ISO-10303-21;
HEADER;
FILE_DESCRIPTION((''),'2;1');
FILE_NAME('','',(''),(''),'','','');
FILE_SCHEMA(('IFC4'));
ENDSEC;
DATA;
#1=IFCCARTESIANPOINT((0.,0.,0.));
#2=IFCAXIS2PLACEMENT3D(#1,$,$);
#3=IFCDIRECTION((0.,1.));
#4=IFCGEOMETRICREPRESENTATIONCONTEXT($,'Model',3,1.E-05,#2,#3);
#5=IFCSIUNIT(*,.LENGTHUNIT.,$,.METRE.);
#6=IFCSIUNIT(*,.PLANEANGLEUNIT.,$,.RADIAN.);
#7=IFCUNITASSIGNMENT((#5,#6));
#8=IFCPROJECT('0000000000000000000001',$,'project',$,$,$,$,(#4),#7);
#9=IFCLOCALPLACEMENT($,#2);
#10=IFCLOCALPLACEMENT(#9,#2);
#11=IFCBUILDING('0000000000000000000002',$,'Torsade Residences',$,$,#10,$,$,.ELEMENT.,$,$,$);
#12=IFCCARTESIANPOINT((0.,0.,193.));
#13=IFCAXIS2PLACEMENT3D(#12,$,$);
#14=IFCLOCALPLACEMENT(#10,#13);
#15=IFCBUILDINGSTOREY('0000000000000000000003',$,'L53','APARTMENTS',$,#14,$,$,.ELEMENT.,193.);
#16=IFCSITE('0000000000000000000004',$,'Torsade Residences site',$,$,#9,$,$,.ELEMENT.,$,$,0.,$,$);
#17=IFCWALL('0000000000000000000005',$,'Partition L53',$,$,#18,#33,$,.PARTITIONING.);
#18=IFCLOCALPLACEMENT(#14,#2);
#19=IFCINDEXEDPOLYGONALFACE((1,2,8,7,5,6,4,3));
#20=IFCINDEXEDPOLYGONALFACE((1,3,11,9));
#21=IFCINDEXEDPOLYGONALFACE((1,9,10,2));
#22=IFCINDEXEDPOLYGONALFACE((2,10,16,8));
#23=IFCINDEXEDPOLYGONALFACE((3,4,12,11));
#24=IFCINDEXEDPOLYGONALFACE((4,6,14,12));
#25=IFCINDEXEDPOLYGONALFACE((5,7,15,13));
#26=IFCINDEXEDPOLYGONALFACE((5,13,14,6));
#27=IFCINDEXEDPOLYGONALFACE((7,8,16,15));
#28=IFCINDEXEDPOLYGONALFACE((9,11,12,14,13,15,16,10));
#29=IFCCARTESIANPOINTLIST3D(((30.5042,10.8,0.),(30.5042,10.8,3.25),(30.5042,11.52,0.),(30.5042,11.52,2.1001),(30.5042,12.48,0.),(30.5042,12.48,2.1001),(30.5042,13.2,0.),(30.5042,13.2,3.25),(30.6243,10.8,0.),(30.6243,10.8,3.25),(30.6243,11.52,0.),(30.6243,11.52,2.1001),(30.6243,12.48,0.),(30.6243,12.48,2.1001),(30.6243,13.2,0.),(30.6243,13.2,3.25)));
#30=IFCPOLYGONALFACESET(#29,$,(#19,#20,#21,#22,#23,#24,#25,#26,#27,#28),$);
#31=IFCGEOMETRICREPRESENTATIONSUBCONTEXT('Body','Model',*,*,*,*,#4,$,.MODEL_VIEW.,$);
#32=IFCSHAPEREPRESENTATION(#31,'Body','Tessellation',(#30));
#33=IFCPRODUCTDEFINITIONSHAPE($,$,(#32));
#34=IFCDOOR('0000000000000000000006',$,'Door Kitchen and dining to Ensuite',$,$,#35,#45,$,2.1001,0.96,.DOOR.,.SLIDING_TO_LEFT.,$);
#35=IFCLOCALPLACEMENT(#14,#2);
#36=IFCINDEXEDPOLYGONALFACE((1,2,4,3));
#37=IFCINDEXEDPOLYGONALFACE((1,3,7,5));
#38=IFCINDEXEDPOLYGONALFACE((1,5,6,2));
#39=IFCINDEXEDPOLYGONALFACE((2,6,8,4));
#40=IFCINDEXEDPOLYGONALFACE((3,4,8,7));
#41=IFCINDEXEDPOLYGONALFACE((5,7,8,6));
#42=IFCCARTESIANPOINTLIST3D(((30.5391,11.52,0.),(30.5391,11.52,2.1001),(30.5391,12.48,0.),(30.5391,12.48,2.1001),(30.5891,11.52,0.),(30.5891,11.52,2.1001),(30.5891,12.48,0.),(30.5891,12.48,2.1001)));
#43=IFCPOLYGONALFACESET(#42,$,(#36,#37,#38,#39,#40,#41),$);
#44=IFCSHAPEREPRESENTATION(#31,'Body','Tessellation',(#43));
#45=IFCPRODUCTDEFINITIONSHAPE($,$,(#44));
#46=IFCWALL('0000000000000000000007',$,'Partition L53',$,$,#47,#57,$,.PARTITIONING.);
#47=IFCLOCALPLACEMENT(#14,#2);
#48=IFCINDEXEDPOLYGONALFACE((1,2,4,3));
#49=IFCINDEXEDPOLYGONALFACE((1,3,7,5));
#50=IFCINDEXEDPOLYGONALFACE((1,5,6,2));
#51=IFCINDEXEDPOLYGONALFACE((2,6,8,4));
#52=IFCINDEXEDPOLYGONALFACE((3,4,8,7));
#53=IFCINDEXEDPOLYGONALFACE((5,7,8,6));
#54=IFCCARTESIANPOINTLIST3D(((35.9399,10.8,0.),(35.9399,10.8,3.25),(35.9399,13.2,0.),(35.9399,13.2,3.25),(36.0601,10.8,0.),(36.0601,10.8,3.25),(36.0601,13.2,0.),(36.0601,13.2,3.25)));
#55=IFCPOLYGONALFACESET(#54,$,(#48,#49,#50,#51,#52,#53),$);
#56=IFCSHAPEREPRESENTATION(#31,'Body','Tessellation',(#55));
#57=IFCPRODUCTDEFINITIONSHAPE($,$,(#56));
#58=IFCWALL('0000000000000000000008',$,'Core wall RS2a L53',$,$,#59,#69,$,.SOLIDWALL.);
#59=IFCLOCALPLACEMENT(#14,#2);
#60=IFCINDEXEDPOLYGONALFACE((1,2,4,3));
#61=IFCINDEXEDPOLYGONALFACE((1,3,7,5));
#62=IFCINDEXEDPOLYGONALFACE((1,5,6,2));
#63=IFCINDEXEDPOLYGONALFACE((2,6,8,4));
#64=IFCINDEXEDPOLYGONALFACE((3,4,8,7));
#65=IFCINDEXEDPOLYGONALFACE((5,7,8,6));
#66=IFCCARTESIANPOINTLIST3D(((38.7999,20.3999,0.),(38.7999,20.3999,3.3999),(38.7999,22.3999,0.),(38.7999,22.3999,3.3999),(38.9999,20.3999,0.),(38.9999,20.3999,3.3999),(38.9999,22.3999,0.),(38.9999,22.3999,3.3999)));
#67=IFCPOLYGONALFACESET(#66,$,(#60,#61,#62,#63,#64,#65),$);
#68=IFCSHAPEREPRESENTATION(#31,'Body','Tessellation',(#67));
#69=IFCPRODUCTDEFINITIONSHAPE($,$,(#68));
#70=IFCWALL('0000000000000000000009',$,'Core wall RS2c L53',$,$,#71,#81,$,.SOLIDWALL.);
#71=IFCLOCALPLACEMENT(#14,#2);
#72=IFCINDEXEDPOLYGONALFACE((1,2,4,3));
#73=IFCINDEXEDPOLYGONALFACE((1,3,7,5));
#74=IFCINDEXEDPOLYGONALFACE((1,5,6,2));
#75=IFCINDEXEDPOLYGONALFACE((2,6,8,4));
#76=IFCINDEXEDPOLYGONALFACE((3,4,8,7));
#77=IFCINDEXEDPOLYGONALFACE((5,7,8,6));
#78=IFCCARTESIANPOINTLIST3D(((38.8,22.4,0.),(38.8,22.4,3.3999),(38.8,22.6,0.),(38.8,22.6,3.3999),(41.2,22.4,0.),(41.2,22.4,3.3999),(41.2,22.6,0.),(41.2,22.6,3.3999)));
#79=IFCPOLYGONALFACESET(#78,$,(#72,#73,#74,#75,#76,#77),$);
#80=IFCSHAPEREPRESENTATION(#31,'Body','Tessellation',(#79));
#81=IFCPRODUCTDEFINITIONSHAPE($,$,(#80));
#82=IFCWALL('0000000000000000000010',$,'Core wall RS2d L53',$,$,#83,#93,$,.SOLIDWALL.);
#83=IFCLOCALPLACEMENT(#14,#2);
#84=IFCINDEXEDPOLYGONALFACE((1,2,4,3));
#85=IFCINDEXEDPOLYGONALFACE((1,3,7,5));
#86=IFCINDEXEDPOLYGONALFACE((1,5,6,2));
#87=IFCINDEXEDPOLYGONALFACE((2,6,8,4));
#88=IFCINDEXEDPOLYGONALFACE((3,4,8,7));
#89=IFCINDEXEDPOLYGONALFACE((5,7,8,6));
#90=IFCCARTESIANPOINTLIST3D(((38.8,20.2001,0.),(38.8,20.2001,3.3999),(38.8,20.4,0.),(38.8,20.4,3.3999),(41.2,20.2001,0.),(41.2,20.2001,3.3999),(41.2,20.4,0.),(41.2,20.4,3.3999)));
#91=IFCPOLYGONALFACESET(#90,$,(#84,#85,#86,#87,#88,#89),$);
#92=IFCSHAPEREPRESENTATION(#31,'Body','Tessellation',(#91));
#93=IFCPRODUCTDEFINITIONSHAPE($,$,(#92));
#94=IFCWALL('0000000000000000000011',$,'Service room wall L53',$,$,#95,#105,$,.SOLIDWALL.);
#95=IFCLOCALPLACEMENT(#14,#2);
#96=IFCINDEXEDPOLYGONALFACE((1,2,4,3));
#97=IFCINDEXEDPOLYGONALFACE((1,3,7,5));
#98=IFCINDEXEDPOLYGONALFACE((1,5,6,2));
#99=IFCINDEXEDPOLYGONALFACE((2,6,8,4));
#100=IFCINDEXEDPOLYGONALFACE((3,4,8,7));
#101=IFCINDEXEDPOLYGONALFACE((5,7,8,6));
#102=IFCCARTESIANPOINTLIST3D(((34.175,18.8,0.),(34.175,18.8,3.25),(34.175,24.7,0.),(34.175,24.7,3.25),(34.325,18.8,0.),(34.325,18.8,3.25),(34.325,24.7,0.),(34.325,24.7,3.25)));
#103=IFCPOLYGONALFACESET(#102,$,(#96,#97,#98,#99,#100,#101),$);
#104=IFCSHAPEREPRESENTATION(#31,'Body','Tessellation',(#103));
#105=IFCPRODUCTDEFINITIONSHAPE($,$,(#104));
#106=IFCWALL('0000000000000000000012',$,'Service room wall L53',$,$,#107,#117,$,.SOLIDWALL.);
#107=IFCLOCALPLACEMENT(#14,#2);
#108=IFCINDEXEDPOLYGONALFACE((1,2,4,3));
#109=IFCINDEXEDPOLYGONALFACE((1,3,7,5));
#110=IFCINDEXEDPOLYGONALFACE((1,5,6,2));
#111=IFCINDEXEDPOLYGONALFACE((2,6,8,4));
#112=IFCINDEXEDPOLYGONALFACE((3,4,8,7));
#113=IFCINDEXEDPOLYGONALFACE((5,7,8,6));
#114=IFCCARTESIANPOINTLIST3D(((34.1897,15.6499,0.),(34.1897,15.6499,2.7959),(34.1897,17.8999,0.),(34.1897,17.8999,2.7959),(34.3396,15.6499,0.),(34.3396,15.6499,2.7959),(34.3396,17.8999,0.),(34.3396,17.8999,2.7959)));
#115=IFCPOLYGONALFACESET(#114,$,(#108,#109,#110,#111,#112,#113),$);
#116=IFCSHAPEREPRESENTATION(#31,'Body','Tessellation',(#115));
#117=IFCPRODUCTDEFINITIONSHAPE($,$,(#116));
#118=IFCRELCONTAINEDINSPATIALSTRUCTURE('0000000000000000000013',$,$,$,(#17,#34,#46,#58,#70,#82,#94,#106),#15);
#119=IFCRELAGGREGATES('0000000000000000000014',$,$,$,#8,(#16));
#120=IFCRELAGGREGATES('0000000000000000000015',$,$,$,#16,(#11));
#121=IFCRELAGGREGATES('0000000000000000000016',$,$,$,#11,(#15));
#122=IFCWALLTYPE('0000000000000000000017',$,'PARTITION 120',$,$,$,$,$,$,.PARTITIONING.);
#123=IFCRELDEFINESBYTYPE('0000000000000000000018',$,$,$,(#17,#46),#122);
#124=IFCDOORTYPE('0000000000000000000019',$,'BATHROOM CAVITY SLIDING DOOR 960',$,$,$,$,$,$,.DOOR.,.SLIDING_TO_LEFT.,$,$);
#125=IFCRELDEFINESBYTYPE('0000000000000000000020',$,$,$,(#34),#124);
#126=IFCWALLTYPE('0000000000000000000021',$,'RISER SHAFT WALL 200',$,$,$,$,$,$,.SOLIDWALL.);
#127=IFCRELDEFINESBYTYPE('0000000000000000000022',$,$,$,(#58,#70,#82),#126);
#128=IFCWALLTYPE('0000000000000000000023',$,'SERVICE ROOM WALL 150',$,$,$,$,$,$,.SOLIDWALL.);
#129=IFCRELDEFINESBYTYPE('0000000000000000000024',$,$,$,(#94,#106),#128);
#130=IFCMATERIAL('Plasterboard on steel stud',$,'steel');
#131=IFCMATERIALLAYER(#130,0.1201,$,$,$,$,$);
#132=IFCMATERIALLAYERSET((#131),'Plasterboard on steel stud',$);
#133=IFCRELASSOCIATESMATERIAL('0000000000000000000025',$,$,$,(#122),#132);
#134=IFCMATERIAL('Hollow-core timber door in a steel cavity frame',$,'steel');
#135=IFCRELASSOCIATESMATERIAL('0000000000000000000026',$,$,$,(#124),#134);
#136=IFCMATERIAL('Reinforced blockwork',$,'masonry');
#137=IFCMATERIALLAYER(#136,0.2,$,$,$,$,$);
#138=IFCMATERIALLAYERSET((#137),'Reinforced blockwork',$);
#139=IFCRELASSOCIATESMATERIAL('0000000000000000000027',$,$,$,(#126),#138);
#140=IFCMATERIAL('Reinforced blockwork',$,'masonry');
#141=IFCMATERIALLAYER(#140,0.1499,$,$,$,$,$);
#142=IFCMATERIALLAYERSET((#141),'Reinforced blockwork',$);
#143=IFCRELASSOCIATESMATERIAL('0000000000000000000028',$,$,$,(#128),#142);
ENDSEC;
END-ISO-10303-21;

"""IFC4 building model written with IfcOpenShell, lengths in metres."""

from ifc_helpers import new_model, si_unit, direction, frame, frame_2d, origin, place, context, subcontext, project, spatial, rectangle, extrude, material, layer, layer_set, type_object, element, fill, save


model = new_model("IFC4")

# Units and contexts
model_context = context("Model", 3, precision=1e-05, world=origin(), true_north=direction((0.0, 1.0)))
body_context = subcontext(model_context, "Body", "Model", "MODEL_VIEW")
ifc_project = project(units=[si_unit("LENGTHUNIT", "METRE"), si_unit("PLANEANGLEUNIT", "RADIAN")], contexts=[model_context])

# Site, building, storey
site_placement = place(None, origin())
site = spatial("IfcSite", under=ifc_project, at=site_placement, Name="Torsade Residences site", CompositionType="ELEMENT", RefElevation=0.0)
building_placement = place(site_placement, origin())
building = spatial("IfcBuilding", under=site, at=building_placement, Name="Torsade Residences", CompositionType="ELEMENT")
storey_placement = place(building_placement, frame((0.0, 0.0, 193.0)))
storey = spatial("IfcBuildingStorey", under=building, at=storey_placement, Name="L53", Description="APARTMENTS", CompositionType="ELEMENT", Elevation=193.0)

# Wall, opening, door
ifc_material_1 = material(Name="Plasterboard on steel stud", Category="steel")
ifc_layer_1 = layer(ifc_material_1, 0.1201)
ifc_layer_set_1 = layer_set([ifc_layer_1], Name="Plasterboard on steel stud")
wall_type_1 = type_object("IfcWallType", Name="PARTITION 120", PredefinedType="PARTITIONING", material=ifc_layer_set_1)
ifc_material_2 = material(Name="Hollow-core timber door in a steel cavity frame", Category="steel")
door_type_1 = type_object("IfcDoorType", Name="BATHROOM CAVITY SLIDING DOOR 960", OperationType="SLIDING_TO_LEFT", PredefinedType="DOOR", material=ifc_material_2)
wall_1_placement = place(storey_placement, frame((30.5642, 13.2, 0.0), z_axis=(0.0, 0.0, 1.0), x_axis=(0.0, -1.0, 0.0)))
wall_1 = element("IfcWall", 1, at=wall_1_placement, inside=storey, type_object=wall_type_1, Name="Partition L53", PredefinedType="PARTITIONING", context=body_context, shape_type="SweptSolid", body=[
    extrude(rectangle(XDim=2.3999, YDim=0.1201, at=frame_2d((1.2, 0.0))), origin(), (0.0, 0.0, 1.0), 3.25),
])
opening_1_placement = place(wall_1_placement, frame((0.72, 0.0, 0.0)))
opening_1 = element("IfcOpeningElement", 2, at=opening_1_placement, cuts=wall_1, PredefinedType="OPENING", context=body_context, shape_type="SweptSolid", body=[
    extrude(rectangle(XDim=0.96, YDim=2.1001, at=frame_2d((0.48, 1.05))), frame((0.0, 0.0701, 0.0), z_axis=(0.0, -1.0, 0.0), x_axis=(1.0, 0.0, 0.0)), (0.0, 0.0, 1.0), 0.1401),
])
door_1_placement = place(opening_1_placement, origin())
door_1 = element("IfcDoor", 3, at=door_1_placement, inside=storey, type_object=door_type_1, Name="Door Kitchen and dining to Ensuite", OperationType="SLIDING_TO_LEFT", OverallHeight=2.1001, OverallWidth=0.96, PredefinedType="DOOR", context=body_context, shape_type="SweptSolid", body=[
    extrude(rectangle(XDim=0.96, YDim=2.1001, at=frame_2d((0.48, 1.05))), frame((0.0, 0.0249, 0.0), z_axis=(0.0, -1.0, 0.0), x_axis=(1.0, 0.0, 0.0)), (0.0, 0.0, 1.0), 0.05),
])
fill(opening_1, door_1)

# Walls
wall_2_placement = place(storey_placement, frame((36.0, 13.2, 0.0), z_axis=(0.0, 0.0, 1.0), x_axis=(0.0, -1.0, 0.0)))
element("IfcWall", 4, at=wall_2_placement, inside=storey, type_object=wall_type_1, Name="Partition L53", PredefinedType="PARTITIONING", context=body_context, shape_type="SweptSolid", body=[
    extrude(rectangle(XDim=2.3999, YDim=0.1201, at=frame_2d((1.2, 0.0))), origin(), (0.0, 0.0, 1.0), 3.25),
])
ifc_material_3 = material(Name="Reinforced blockwork", Category="masonry")
ifc_layer_2 = layer(ifc_material_3, 0.2)
ifc_layer_set_2 = layer_set([ifc_layer_2], Name="Reinforced blockwork")
wall_type_2 = type_object("IfcWallType", Name="RISER SHAFT WALL 200", PredefinedType="SOLIDWALL", material=ifc_layer_set_2)
wall_3_placement = place(storey_placement, frame((38.8999, 22.3999, 0.0), z_axis=(0.0, 0.0, 1.0), x_axis=(0.0, -1.0, 0.0)))
element("IfcWall", 5, at=wall_3_placement, inside=storey, type_object=wall_type_2, Name="Core wall RS2a L53", PredefinedType="SOLIDWALL", context=body_context, shape_type="SweptSolid", body=[
    extrude(rectangle(XDim=2.0, YDim=0.2, at=frame_2d((1.0, 0.0))), origin(), (0.0, 0.0, 1.0), 3.3999),
])
for number, where, z_axis, x_axis, name in (
    (6, (38.8, 22.5, 0.0), (0.0, 0.0, 1.0), (1.0, 0.0, 0.0), "Core wall RS2c L53"),
    (7, (38.8, 20.3, 0.0), (0.0, 0.0, 1.0), (1.0, 0.0, 0.0), "Core wall RS2d L53"),
):
    element("IfcWall", number, at=place(storey_placement, frame(where, z_axis=z_axis, x_axis=x_axis)), inside=storey, type_object=wall_type_2, Name=name, PredefinedType="SOLIDWALL", context=body_context, shape_type="SweptSolid", body=[
        extrude(rectangle(XDim=2.3999, YDim=0.2, at=frame_2d((1.2, 0.0))), origin(), (0.0, 0.0, 1.0), 3.3999),
    ])
ifc_material_4 = material(Name="Reinforced blockwork", Category="masonry")
ifc_layer_3 = layer(ifc_material_4, 0.1499)
ifc_layer_set_3 = layer_set([ifc_layer_3], Name="Reinforced blockwork")
wall_type_3 = type_object("IfcWallType", Name="SERVICE ROOM WALL 150", PredefinedType="SOLIDWALL", material=ifc_layer_set_3)
wall_4_placement = place(storey_placement, frame((34.25, 18.8, 0.0), z_axis=(0.0, 0.0, 1.0), x_axis=(0.0, 1.0, 0.0)))
element("IfcWall", 8, at=wall_4_placement, inside=storey, type_object=wall_type_3, Name="Service room wall L53", PredefinedType="SOLIDWALL", context=body_context, shape_type="SweptSolid", body=[
    extrude(rectangle(XDim=5.8999, YDim=0.1499, at=frame_2d((2.95, 0.0))), origin(), (0.0, 0.0, 1.0), 3.25),
])
wall_5_placement = place(storey_placement, frame((34.2646, 15.6499, 0.0), z_axis=(0.0, 0.0, 1.0), x_axis=(0.0, 1.0, 0.0)))
element("IfcWall", 9, at=wall_5_placement, inside=storey, type_object=wall_type_3, Name="Service room wall L53", PredefinedType="SOLIDWALL", context=body_context, shape_type="SweptSolid", body=[
    extrude(rectangle(XDim=2.25, YDim=0.1499, at=frame_2d((1.125, 0.0))), origin(), (0.0, 0.0, 1.0), 2.7959),
])

save(model, "model.ifc")
